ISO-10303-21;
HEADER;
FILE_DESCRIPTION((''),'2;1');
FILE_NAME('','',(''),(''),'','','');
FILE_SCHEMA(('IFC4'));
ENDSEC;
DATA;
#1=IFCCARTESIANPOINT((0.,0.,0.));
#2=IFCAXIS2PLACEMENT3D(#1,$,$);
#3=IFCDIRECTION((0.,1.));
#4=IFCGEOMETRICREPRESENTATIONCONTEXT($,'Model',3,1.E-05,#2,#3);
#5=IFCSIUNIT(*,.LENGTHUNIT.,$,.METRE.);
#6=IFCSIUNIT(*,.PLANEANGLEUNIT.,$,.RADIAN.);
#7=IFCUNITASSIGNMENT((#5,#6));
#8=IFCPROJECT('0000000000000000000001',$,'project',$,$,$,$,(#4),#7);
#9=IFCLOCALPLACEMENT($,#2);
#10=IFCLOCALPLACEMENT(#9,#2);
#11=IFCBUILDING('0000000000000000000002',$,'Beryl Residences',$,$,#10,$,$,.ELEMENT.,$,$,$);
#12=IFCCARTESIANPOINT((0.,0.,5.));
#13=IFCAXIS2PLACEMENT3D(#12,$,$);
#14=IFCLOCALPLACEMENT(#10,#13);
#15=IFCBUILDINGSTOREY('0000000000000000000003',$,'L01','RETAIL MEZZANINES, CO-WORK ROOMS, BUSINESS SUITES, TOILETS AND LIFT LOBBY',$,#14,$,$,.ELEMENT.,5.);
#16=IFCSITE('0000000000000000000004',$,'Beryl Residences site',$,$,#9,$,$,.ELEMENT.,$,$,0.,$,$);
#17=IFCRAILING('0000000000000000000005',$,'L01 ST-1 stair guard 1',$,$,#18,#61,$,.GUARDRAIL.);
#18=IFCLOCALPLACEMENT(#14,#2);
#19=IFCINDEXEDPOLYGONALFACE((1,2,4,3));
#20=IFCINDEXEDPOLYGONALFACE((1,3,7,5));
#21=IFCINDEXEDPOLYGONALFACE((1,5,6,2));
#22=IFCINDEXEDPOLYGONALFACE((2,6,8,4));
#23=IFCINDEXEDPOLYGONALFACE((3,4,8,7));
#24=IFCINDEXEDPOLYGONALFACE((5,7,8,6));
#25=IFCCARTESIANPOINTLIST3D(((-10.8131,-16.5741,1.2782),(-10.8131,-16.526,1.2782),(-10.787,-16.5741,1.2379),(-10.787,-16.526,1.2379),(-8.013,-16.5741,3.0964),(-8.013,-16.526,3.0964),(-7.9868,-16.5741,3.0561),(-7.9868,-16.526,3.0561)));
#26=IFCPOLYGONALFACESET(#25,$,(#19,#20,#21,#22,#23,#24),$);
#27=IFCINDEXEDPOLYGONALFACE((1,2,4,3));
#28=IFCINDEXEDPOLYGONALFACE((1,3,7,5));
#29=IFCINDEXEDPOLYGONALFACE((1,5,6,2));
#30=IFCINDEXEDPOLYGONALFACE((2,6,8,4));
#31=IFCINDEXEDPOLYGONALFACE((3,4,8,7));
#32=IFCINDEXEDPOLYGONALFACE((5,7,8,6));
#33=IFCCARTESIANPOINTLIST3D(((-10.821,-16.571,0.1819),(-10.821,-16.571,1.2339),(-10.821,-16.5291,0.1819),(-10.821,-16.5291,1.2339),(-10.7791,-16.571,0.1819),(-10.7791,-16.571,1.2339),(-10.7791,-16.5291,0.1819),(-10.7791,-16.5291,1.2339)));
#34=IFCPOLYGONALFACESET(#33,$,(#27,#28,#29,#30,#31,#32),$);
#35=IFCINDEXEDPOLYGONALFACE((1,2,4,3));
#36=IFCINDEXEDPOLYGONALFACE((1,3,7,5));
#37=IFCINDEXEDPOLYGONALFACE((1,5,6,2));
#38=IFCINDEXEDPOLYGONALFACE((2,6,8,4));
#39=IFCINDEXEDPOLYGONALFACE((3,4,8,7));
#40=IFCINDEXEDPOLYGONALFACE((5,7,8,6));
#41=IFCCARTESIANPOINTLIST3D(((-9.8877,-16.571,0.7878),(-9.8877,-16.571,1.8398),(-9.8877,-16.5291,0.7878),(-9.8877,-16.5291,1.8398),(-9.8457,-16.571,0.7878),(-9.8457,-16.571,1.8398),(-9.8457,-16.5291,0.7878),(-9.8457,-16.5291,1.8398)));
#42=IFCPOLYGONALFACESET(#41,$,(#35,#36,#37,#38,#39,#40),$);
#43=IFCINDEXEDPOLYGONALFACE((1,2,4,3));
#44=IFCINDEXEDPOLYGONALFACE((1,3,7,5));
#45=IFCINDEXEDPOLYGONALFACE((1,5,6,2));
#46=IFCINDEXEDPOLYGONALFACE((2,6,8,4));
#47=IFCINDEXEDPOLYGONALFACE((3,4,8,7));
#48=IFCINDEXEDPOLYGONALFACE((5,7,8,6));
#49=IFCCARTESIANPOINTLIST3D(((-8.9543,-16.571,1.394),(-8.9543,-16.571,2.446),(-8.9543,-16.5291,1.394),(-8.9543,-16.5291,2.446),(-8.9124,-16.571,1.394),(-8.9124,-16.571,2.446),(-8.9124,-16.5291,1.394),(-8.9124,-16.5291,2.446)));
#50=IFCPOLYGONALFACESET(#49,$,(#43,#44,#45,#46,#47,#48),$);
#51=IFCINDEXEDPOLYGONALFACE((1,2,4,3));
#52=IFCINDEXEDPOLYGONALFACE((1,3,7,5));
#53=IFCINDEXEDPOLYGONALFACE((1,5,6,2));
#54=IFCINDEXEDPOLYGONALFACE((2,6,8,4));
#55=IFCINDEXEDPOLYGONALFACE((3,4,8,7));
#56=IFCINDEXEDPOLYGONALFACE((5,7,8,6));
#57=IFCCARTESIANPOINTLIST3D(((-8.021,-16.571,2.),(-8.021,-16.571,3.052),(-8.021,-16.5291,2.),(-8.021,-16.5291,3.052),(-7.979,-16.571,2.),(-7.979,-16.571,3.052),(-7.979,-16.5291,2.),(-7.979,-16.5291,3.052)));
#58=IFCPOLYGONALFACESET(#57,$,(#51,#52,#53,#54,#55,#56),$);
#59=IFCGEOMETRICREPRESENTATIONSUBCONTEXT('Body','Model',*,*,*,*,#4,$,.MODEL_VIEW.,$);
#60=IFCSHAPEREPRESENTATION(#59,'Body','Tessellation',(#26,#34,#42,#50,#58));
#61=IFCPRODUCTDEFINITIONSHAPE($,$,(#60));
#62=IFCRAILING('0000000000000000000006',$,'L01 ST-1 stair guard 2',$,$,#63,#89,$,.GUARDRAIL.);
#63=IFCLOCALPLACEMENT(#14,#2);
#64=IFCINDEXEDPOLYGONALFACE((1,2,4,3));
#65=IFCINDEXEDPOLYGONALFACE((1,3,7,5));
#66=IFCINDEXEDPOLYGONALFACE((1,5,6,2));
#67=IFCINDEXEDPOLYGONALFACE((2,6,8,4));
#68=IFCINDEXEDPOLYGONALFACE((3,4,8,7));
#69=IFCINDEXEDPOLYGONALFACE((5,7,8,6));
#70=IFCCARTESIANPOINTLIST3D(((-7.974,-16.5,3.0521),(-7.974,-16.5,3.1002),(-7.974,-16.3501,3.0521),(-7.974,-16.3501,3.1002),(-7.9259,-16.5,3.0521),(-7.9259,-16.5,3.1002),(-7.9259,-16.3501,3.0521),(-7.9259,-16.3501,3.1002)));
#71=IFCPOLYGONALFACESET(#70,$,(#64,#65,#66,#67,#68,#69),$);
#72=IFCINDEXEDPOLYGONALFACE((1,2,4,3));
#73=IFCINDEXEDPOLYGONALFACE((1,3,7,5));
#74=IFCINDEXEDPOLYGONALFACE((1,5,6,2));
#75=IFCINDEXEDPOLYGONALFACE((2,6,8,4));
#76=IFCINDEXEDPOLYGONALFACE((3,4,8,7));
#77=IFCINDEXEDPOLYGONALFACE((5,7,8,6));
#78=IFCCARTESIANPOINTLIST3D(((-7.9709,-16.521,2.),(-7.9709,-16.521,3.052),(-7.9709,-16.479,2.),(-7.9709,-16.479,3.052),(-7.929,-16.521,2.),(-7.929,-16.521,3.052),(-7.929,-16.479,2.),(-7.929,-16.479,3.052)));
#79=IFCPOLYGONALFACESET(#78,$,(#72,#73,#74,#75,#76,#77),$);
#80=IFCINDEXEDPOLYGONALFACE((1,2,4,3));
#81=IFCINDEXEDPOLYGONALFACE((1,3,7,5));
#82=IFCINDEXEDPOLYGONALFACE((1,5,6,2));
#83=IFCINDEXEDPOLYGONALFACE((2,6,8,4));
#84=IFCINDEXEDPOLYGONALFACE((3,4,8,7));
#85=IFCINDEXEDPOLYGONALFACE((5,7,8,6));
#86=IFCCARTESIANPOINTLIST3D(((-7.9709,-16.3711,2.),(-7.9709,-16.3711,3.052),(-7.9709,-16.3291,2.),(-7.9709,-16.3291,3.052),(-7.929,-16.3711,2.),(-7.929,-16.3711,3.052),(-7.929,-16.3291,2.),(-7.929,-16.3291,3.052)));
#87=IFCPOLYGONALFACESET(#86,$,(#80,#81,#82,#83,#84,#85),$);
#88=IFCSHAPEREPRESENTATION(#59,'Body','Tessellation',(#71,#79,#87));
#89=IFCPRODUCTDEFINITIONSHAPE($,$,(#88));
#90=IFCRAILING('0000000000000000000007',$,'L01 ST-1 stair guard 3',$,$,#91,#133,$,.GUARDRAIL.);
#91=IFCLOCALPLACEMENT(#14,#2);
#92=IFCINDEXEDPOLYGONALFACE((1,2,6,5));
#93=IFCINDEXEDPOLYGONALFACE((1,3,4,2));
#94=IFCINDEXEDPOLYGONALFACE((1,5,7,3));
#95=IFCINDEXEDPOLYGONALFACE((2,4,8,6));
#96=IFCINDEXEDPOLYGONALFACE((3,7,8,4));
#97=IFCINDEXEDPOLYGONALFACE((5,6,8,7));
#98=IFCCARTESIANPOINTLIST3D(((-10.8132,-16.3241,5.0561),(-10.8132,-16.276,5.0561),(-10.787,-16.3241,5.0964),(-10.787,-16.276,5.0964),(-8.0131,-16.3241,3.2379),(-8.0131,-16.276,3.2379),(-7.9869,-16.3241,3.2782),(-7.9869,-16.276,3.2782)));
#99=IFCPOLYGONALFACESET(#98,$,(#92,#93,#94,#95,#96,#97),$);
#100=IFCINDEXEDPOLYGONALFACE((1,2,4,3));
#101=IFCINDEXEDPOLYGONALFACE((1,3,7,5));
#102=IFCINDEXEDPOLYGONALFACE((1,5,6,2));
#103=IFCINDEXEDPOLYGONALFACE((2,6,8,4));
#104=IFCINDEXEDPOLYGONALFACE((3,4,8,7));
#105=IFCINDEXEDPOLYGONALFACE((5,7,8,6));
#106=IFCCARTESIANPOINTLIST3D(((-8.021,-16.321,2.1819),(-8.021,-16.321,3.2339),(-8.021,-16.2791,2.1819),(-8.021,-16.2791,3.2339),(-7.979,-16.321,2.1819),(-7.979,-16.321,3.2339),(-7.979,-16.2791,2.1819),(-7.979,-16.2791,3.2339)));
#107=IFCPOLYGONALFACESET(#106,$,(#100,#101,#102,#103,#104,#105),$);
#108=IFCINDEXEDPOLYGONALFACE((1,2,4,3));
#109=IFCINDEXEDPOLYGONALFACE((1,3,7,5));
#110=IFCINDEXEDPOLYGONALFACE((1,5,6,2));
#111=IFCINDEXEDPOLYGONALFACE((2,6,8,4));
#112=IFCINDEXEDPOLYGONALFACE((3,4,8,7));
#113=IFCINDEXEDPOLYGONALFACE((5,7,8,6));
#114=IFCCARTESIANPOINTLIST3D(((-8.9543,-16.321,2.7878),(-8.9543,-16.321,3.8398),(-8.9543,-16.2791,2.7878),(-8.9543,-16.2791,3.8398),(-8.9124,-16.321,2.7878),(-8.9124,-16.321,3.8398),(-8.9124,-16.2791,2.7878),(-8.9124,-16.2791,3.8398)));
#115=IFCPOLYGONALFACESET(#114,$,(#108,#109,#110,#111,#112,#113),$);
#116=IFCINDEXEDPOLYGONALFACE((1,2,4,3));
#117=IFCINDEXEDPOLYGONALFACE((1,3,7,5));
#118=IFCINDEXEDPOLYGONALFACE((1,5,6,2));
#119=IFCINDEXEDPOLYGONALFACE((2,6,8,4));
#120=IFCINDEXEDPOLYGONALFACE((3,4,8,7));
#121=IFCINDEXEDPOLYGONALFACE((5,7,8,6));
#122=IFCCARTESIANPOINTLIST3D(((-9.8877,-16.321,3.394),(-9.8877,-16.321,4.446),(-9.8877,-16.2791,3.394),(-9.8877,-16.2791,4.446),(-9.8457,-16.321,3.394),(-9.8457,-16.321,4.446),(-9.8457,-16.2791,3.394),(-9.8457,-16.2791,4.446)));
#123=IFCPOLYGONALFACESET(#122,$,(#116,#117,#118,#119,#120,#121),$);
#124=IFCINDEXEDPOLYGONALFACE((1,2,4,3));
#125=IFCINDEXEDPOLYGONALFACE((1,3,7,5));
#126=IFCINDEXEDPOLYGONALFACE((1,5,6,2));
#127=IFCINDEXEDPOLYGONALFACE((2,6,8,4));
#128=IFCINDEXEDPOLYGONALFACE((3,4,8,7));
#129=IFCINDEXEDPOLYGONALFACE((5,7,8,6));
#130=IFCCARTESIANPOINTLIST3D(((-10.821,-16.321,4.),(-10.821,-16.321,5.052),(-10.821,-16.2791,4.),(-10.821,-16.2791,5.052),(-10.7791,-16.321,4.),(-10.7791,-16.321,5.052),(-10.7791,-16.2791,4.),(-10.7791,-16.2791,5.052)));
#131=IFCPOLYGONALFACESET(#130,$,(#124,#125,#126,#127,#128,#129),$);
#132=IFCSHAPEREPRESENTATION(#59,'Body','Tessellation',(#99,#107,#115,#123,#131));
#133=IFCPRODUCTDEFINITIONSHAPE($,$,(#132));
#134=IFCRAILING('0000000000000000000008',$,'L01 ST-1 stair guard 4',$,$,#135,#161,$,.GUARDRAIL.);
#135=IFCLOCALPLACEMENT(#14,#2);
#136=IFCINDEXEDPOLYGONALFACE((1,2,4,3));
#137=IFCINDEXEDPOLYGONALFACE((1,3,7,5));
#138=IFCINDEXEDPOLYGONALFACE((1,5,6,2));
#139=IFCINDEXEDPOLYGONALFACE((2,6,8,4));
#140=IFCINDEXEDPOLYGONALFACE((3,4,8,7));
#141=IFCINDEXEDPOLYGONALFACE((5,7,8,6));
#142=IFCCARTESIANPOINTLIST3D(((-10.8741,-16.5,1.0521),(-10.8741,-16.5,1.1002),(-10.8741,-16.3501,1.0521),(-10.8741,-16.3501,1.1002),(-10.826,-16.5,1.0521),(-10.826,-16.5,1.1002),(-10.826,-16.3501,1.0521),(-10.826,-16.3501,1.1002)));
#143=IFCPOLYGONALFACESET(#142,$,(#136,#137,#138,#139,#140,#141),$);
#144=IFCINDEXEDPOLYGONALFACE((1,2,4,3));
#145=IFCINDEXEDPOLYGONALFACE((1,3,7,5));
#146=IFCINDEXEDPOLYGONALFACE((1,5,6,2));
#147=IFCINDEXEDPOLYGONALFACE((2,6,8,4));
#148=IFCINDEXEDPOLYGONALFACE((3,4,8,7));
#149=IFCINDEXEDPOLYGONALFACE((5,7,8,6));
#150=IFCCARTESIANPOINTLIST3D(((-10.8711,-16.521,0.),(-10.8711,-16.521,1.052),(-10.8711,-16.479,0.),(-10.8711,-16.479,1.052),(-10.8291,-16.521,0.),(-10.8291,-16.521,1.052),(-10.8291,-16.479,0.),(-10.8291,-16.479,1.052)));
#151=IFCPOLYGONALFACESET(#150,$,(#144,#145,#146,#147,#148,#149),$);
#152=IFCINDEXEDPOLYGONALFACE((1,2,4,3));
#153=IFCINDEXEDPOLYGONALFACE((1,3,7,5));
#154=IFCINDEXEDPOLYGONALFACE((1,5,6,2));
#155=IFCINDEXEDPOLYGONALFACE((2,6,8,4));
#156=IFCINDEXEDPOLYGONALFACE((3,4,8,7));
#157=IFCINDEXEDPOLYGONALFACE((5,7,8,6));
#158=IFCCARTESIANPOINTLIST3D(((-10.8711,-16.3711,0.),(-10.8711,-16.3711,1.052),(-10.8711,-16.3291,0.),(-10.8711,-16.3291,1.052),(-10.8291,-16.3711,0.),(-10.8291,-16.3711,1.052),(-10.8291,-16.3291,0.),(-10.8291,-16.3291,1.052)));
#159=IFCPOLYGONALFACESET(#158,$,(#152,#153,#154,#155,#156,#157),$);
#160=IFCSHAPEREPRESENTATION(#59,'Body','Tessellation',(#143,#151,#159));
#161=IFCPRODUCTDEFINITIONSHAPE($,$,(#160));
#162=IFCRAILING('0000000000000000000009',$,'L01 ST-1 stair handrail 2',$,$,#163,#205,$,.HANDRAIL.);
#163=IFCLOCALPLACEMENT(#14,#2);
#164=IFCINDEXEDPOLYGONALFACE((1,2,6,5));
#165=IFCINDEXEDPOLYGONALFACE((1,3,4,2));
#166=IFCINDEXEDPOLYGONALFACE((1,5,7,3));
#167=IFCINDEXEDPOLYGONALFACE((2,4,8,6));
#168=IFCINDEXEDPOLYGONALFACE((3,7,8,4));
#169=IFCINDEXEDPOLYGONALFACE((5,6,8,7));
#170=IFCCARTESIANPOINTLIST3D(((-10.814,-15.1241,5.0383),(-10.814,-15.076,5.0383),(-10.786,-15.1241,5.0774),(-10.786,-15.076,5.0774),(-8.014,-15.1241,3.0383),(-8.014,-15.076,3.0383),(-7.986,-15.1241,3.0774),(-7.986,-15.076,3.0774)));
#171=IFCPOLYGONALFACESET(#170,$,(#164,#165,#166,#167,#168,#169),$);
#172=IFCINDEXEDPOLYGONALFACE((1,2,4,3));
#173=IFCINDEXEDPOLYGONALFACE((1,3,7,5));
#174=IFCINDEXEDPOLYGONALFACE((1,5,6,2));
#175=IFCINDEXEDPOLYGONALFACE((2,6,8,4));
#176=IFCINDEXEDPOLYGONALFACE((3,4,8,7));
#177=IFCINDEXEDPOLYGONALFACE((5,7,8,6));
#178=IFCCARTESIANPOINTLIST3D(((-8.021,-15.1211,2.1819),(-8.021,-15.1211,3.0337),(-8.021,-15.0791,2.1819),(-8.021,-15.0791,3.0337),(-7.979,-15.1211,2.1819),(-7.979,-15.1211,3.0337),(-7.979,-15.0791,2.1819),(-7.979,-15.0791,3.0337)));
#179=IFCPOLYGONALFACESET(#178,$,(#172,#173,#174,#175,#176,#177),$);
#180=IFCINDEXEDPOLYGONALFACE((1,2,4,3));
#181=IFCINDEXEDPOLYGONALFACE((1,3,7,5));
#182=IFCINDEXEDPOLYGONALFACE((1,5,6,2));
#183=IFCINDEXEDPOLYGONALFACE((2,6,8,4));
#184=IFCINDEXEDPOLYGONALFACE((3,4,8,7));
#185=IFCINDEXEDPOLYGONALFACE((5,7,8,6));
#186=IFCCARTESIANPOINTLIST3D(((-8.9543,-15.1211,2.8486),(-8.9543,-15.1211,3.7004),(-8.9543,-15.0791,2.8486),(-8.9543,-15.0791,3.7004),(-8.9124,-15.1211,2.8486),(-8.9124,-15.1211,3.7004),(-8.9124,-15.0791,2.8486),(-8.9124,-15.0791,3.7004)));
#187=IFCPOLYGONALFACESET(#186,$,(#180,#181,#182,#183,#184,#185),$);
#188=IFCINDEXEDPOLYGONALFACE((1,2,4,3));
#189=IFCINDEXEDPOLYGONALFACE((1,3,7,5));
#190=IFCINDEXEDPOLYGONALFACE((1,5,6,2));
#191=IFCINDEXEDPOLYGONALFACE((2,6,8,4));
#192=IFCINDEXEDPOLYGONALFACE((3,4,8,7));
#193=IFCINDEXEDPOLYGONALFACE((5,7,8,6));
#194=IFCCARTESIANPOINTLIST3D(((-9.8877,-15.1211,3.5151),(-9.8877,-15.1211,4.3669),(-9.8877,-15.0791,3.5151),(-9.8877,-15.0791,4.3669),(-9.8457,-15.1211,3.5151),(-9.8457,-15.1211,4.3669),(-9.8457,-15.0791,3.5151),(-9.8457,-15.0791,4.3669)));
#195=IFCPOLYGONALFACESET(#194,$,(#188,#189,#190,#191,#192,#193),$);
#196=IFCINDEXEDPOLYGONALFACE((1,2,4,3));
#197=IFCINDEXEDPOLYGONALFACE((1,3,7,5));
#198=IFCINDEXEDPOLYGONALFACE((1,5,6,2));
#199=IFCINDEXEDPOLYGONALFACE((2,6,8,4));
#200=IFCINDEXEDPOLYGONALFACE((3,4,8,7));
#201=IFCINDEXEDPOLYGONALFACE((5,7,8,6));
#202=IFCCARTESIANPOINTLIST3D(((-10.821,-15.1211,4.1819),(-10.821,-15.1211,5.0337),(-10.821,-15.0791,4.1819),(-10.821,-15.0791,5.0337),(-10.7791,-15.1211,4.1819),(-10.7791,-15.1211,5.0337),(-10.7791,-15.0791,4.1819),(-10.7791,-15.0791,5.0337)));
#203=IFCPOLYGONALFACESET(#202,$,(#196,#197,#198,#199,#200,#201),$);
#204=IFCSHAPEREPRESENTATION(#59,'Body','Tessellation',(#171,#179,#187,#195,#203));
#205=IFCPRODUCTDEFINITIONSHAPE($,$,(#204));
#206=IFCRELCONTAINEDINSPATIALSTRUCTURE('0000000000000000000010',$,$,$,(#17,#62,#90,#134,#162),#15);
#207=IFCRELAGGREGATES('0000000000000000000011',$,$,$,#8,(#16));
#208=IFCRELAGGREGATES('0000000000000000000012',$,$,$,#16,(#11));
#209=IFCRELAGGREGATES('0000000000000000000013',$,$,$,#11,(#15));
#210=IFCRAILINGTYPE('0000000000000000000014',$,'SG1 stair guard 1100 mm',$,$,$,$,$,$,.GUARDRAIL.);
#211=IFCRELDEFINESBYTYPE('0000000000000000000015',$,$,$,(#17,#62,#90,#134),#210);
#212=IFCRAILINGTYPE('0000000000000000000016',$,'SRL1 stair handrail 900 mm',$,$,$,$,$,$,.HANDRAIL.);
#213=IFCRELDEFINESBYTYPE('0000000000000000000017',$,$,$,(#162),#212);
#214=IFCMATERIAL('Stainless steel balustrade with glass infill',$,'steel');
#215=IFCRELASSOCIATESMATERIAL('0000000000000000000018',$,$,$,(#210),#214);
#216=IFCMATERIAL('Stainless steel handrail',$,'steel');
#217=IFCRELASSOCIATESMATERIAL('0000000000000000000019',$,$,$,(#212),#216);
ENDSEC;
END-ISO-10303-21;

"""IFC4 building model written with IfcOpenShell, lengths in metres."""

from ifc_helpers import new_model, si_unit, direction, frame, origin, origin_2d, place, context, subcontext, project, spatial, rectangle, extrude, material, type_object, element, save


model = new_model("IFC4")

# Units and contexts
model_context = context("Model", 3, precision=1e-05, world=origin(), true_north=direction((0.0, 1.0)))
body_context = subcontext(model_context, "Body", "Model", "MODEL_VIEW")
ifc_project = project(units=[si_unit("LENGTHUNIT", "METRE"), si_unit("PLANEANGLEUNIT", "RADIAN")], contexts=[model_context])

# Site, building, storey
site_placement = place(None, origin())
site = spatial("IfcSite", under=ifc_project, at=site_placement, Name="Beryl Residences site", CompositionType="ELEMENT", RefElevation=0.0)
building_placement = place(site_placement, origin())
building = spatial("IfcBuilding", under=site, at=building_placement, Name="Beryl Residences", CompositionType="ELEMENT")
storey_placement = place(building_placement, frame((0.0, 0.0, 5.0)))
storey = spatial("IfcBuildingStorey", under=building, at=storey_placement, Name="L01", Description="RETAIL MEZZANINES, CO-WORK ROOMS, BUSINESS SUITES, TOILETS AND LIFT LOBBY", CompositionType="ELEMENT", Elevation=5.0)

# Railings
ifc_material_1 = material(Name="Stainless steel balustrade with glass infill", Category="steel")
railing_type_1 = type_object("IfcRailingType", Name="SG1 stair guard 1100 mm", PredefinedType="GUARDRAIL", material=ifc_material_1)
railing_1_placement = place(storey_placement, frame((-10.8, -16.55, 0.1819)))
element("IfcRailing", 1, at=railing_1_placement, inside=storey, type_object=railing_type_1, Name="L01 ST-1 stair guard 1", PredefinedType="GUARDRAIL", context=body_context, shape_type="SweptSolid", body=[
    extrude(rectangle(XDim=0.0481, YDim=0.0481, at=origin_2d()), frame((0.0, 0.0, 1.0762), z_axis=(0.838706, 0.0, 0.544585), x_axis=(0.0, 1.0, 0.0)), (0.0, 0.0, 1.0), 3.3386),
    extrude(rectangle(XDim=0.042, YDim=0.042, at=origin_2d()), origin(), (0.0, 0.0, 1.0), 1.052),
    extrude(rectangle(XDim=0.042, YDim=0.042, at=origin_2d()), frame((0.9333, 0.0, 0.606)), (0.0, 0.0, 1.0), 1.052),
    extrude(rectangle(XDim=0.042, YDim=0.042, at=origin_2d()), frame((1.8667, 0.0, 1.2122)), (0.0, 0.0, 1.0), 1.052),
    extrude(rectangle(XDim=0.042, YDim=0.042, at=origin_2d()), frame((2.8, 0.0, 1.8181)), (0.0, 0.0, 1.0), 1.052),
])
railing_2_placement = place(storey_placement, frame((-7.95, -16.5, 2.0)))
element("IfcRailing", 2, at=railing_2_placement, inside=storey, type_object=railing_type_1, Name="L01 ST-1 stair guard 2", PredefinedType="GUARDRAIL", context=body_context, shape_type="SweptSolid", body=[
    extrude(rectangle(XDim=0.0481, YDim=0.0481, at=origin_2d()), frame((0.0, 0.0, 1.0762), z_axis=(0.0, 1.0, 0.0), x_axis=(-1.0, 0.0, 0.0)), (0.0, 0.0, 1.0), 0.1499),
    extrude(rectangle(XDim=0.042, YDim=0.042, at=origin_2d()), origin(), (0.0, 0.0, 1.0), 1.052),
    extrude(rectangle(XDim=0.042, YDim=0.042, at=origin_2d()), frame((0.0, 0.1499, 0.0)), (0.0, 0.0, 1.0), 1.052),
])
railing_3_placement = place(storey_placement, frame((-8.0, -16.3, 2.1819)))
element("IfcRailing", 3, at=railing_3_placement, inside=storey, type_object=railing_type_1, Name="L01 ST-1 stair guard 3", PredefinedType="GUARDRAIL", context=body_context, shape_type="SweptSolid", body=[
    extrude(rectangle(XDim=0.0481, YDim=0.0481, at=origin_2d()), frame((0.0, 0.0, 1.0762), z_axis=(-0.838706, 0.0, 0.544585), x_axis=(0.0, -1.0, 0.0)), (0.0, 0.0, 1.0), 3.3386),
    extrude(rectangle(XDim=0.042, YDim=0.042, at=origin_2d()), origin(), (0.0, 0.0, 1.0), 1.052),
    extrude(rectangle(XDim=0.042, YDim=0.042, at=origin_2d()), frame((-0.9333, 0.0, 0.606)), (0.0, 0.0, 1.0), 1.052),
    extrude(rectangle(XDim=0.042, YDim=0.042, at=origin_2d()), frame((-1.8667, 0.0, 1.2122)), (0.0, 0.0, 1.0), 1.052),
    extrude(rectangle(XDim=0.042, YDim=0.042, at=origin_2d()), frame((-2.8, 0.0, 1.8181)), (0.0, 0.0, 1.0), 1.052),
])
railing_4_placement = place(storey_placement, frame((-10.8501, -16.5, 0.0)))
element("IfcRailing", 4, at=railing_4_placement, inside=storey, type_object=railing_type_1, Name="L01 ST-1 stair guard 4", PredefinedType="GUARDRAIL", context=body_context, shape_type="SweptSolid", body=[
    extrude(rectangle(XDim=0.0481, YDim=0.0481, at=origin_2d()), frame((0.0, 0.0, 1.0762), z_axis=(0.0, 1.0, 0.0), x_axis=(-1.0, 0.0, 0.0)), (0.0, 0.0, 1.0), 0.1499),
    extrude(rectangle(XDim=0.042, YDim=0.042, at=origin_2d()), origin(), (0.0, 0.0, 1.0), 1.052),
    extrude(rectangle(XDim=0.042, YDim=0.042, at=origin_2d()), frame((0.0, 0.1499, 0.0)), (0.0, 0.0, 1.0), 1.052),
])
ifc_material_2 = material(Name="Stainless steel handrail", Category="steel")
railing_type_2 = type_object("IfcRailingType", Name="SRL1 stair handrail 900 mm", PredefinedType="HANDRAIL", material=ifc_material_2)
railing_5_placement = place(storey_placement, frame((-8.0, -15.1001, 2.1819)))
element("IfcRailing", 5, at=railing_5_placement, inside=storey, type_object=railing_type_2, Name="L01 ST-1 stair handrail 2", PredefinedType="HANDRAIL", context=body_context, shape_type="SweptSolid", body=[
    extrude(rectangle(XDim=0.0481, YDim=0.0481, at=origin_2d()), frame((0.0, 0.0, 0.876), z_axis=(-0.813738, 0.0, 0.581231), x_axis=(0.0, -1.0, 0.0)), (0.0, 0.0, 1.0), 3.4409),
    extrude(rectangle(XDim=0.042, YDim=0.042, at=origin_2d()), origin(), (0.0, 0.0, 1.0), 0.8518),
    extrude(rectangle(XDim=0.042, YDim=0.042, at=origin_2d()), frame((-0.9333, 0.0, 0.6667)), (0.0, 0.0, 1.0), 0.8518),
    extrude(rectangle(XDim=0.042, YDim=0.042, at=origin_2d()), frame((-1.8667, 0.0, 1.3333)), (0.0, 0.0, 1.0), 0.8518),
    extrude(rectangle(XDim=0.042, YDim=0.042, at=origin_2d()), frame((-2.8, 0.0, 2.0)), (0.0, 0.0, 1.0), 0.8518),
])

save(model, "model.ifc")
